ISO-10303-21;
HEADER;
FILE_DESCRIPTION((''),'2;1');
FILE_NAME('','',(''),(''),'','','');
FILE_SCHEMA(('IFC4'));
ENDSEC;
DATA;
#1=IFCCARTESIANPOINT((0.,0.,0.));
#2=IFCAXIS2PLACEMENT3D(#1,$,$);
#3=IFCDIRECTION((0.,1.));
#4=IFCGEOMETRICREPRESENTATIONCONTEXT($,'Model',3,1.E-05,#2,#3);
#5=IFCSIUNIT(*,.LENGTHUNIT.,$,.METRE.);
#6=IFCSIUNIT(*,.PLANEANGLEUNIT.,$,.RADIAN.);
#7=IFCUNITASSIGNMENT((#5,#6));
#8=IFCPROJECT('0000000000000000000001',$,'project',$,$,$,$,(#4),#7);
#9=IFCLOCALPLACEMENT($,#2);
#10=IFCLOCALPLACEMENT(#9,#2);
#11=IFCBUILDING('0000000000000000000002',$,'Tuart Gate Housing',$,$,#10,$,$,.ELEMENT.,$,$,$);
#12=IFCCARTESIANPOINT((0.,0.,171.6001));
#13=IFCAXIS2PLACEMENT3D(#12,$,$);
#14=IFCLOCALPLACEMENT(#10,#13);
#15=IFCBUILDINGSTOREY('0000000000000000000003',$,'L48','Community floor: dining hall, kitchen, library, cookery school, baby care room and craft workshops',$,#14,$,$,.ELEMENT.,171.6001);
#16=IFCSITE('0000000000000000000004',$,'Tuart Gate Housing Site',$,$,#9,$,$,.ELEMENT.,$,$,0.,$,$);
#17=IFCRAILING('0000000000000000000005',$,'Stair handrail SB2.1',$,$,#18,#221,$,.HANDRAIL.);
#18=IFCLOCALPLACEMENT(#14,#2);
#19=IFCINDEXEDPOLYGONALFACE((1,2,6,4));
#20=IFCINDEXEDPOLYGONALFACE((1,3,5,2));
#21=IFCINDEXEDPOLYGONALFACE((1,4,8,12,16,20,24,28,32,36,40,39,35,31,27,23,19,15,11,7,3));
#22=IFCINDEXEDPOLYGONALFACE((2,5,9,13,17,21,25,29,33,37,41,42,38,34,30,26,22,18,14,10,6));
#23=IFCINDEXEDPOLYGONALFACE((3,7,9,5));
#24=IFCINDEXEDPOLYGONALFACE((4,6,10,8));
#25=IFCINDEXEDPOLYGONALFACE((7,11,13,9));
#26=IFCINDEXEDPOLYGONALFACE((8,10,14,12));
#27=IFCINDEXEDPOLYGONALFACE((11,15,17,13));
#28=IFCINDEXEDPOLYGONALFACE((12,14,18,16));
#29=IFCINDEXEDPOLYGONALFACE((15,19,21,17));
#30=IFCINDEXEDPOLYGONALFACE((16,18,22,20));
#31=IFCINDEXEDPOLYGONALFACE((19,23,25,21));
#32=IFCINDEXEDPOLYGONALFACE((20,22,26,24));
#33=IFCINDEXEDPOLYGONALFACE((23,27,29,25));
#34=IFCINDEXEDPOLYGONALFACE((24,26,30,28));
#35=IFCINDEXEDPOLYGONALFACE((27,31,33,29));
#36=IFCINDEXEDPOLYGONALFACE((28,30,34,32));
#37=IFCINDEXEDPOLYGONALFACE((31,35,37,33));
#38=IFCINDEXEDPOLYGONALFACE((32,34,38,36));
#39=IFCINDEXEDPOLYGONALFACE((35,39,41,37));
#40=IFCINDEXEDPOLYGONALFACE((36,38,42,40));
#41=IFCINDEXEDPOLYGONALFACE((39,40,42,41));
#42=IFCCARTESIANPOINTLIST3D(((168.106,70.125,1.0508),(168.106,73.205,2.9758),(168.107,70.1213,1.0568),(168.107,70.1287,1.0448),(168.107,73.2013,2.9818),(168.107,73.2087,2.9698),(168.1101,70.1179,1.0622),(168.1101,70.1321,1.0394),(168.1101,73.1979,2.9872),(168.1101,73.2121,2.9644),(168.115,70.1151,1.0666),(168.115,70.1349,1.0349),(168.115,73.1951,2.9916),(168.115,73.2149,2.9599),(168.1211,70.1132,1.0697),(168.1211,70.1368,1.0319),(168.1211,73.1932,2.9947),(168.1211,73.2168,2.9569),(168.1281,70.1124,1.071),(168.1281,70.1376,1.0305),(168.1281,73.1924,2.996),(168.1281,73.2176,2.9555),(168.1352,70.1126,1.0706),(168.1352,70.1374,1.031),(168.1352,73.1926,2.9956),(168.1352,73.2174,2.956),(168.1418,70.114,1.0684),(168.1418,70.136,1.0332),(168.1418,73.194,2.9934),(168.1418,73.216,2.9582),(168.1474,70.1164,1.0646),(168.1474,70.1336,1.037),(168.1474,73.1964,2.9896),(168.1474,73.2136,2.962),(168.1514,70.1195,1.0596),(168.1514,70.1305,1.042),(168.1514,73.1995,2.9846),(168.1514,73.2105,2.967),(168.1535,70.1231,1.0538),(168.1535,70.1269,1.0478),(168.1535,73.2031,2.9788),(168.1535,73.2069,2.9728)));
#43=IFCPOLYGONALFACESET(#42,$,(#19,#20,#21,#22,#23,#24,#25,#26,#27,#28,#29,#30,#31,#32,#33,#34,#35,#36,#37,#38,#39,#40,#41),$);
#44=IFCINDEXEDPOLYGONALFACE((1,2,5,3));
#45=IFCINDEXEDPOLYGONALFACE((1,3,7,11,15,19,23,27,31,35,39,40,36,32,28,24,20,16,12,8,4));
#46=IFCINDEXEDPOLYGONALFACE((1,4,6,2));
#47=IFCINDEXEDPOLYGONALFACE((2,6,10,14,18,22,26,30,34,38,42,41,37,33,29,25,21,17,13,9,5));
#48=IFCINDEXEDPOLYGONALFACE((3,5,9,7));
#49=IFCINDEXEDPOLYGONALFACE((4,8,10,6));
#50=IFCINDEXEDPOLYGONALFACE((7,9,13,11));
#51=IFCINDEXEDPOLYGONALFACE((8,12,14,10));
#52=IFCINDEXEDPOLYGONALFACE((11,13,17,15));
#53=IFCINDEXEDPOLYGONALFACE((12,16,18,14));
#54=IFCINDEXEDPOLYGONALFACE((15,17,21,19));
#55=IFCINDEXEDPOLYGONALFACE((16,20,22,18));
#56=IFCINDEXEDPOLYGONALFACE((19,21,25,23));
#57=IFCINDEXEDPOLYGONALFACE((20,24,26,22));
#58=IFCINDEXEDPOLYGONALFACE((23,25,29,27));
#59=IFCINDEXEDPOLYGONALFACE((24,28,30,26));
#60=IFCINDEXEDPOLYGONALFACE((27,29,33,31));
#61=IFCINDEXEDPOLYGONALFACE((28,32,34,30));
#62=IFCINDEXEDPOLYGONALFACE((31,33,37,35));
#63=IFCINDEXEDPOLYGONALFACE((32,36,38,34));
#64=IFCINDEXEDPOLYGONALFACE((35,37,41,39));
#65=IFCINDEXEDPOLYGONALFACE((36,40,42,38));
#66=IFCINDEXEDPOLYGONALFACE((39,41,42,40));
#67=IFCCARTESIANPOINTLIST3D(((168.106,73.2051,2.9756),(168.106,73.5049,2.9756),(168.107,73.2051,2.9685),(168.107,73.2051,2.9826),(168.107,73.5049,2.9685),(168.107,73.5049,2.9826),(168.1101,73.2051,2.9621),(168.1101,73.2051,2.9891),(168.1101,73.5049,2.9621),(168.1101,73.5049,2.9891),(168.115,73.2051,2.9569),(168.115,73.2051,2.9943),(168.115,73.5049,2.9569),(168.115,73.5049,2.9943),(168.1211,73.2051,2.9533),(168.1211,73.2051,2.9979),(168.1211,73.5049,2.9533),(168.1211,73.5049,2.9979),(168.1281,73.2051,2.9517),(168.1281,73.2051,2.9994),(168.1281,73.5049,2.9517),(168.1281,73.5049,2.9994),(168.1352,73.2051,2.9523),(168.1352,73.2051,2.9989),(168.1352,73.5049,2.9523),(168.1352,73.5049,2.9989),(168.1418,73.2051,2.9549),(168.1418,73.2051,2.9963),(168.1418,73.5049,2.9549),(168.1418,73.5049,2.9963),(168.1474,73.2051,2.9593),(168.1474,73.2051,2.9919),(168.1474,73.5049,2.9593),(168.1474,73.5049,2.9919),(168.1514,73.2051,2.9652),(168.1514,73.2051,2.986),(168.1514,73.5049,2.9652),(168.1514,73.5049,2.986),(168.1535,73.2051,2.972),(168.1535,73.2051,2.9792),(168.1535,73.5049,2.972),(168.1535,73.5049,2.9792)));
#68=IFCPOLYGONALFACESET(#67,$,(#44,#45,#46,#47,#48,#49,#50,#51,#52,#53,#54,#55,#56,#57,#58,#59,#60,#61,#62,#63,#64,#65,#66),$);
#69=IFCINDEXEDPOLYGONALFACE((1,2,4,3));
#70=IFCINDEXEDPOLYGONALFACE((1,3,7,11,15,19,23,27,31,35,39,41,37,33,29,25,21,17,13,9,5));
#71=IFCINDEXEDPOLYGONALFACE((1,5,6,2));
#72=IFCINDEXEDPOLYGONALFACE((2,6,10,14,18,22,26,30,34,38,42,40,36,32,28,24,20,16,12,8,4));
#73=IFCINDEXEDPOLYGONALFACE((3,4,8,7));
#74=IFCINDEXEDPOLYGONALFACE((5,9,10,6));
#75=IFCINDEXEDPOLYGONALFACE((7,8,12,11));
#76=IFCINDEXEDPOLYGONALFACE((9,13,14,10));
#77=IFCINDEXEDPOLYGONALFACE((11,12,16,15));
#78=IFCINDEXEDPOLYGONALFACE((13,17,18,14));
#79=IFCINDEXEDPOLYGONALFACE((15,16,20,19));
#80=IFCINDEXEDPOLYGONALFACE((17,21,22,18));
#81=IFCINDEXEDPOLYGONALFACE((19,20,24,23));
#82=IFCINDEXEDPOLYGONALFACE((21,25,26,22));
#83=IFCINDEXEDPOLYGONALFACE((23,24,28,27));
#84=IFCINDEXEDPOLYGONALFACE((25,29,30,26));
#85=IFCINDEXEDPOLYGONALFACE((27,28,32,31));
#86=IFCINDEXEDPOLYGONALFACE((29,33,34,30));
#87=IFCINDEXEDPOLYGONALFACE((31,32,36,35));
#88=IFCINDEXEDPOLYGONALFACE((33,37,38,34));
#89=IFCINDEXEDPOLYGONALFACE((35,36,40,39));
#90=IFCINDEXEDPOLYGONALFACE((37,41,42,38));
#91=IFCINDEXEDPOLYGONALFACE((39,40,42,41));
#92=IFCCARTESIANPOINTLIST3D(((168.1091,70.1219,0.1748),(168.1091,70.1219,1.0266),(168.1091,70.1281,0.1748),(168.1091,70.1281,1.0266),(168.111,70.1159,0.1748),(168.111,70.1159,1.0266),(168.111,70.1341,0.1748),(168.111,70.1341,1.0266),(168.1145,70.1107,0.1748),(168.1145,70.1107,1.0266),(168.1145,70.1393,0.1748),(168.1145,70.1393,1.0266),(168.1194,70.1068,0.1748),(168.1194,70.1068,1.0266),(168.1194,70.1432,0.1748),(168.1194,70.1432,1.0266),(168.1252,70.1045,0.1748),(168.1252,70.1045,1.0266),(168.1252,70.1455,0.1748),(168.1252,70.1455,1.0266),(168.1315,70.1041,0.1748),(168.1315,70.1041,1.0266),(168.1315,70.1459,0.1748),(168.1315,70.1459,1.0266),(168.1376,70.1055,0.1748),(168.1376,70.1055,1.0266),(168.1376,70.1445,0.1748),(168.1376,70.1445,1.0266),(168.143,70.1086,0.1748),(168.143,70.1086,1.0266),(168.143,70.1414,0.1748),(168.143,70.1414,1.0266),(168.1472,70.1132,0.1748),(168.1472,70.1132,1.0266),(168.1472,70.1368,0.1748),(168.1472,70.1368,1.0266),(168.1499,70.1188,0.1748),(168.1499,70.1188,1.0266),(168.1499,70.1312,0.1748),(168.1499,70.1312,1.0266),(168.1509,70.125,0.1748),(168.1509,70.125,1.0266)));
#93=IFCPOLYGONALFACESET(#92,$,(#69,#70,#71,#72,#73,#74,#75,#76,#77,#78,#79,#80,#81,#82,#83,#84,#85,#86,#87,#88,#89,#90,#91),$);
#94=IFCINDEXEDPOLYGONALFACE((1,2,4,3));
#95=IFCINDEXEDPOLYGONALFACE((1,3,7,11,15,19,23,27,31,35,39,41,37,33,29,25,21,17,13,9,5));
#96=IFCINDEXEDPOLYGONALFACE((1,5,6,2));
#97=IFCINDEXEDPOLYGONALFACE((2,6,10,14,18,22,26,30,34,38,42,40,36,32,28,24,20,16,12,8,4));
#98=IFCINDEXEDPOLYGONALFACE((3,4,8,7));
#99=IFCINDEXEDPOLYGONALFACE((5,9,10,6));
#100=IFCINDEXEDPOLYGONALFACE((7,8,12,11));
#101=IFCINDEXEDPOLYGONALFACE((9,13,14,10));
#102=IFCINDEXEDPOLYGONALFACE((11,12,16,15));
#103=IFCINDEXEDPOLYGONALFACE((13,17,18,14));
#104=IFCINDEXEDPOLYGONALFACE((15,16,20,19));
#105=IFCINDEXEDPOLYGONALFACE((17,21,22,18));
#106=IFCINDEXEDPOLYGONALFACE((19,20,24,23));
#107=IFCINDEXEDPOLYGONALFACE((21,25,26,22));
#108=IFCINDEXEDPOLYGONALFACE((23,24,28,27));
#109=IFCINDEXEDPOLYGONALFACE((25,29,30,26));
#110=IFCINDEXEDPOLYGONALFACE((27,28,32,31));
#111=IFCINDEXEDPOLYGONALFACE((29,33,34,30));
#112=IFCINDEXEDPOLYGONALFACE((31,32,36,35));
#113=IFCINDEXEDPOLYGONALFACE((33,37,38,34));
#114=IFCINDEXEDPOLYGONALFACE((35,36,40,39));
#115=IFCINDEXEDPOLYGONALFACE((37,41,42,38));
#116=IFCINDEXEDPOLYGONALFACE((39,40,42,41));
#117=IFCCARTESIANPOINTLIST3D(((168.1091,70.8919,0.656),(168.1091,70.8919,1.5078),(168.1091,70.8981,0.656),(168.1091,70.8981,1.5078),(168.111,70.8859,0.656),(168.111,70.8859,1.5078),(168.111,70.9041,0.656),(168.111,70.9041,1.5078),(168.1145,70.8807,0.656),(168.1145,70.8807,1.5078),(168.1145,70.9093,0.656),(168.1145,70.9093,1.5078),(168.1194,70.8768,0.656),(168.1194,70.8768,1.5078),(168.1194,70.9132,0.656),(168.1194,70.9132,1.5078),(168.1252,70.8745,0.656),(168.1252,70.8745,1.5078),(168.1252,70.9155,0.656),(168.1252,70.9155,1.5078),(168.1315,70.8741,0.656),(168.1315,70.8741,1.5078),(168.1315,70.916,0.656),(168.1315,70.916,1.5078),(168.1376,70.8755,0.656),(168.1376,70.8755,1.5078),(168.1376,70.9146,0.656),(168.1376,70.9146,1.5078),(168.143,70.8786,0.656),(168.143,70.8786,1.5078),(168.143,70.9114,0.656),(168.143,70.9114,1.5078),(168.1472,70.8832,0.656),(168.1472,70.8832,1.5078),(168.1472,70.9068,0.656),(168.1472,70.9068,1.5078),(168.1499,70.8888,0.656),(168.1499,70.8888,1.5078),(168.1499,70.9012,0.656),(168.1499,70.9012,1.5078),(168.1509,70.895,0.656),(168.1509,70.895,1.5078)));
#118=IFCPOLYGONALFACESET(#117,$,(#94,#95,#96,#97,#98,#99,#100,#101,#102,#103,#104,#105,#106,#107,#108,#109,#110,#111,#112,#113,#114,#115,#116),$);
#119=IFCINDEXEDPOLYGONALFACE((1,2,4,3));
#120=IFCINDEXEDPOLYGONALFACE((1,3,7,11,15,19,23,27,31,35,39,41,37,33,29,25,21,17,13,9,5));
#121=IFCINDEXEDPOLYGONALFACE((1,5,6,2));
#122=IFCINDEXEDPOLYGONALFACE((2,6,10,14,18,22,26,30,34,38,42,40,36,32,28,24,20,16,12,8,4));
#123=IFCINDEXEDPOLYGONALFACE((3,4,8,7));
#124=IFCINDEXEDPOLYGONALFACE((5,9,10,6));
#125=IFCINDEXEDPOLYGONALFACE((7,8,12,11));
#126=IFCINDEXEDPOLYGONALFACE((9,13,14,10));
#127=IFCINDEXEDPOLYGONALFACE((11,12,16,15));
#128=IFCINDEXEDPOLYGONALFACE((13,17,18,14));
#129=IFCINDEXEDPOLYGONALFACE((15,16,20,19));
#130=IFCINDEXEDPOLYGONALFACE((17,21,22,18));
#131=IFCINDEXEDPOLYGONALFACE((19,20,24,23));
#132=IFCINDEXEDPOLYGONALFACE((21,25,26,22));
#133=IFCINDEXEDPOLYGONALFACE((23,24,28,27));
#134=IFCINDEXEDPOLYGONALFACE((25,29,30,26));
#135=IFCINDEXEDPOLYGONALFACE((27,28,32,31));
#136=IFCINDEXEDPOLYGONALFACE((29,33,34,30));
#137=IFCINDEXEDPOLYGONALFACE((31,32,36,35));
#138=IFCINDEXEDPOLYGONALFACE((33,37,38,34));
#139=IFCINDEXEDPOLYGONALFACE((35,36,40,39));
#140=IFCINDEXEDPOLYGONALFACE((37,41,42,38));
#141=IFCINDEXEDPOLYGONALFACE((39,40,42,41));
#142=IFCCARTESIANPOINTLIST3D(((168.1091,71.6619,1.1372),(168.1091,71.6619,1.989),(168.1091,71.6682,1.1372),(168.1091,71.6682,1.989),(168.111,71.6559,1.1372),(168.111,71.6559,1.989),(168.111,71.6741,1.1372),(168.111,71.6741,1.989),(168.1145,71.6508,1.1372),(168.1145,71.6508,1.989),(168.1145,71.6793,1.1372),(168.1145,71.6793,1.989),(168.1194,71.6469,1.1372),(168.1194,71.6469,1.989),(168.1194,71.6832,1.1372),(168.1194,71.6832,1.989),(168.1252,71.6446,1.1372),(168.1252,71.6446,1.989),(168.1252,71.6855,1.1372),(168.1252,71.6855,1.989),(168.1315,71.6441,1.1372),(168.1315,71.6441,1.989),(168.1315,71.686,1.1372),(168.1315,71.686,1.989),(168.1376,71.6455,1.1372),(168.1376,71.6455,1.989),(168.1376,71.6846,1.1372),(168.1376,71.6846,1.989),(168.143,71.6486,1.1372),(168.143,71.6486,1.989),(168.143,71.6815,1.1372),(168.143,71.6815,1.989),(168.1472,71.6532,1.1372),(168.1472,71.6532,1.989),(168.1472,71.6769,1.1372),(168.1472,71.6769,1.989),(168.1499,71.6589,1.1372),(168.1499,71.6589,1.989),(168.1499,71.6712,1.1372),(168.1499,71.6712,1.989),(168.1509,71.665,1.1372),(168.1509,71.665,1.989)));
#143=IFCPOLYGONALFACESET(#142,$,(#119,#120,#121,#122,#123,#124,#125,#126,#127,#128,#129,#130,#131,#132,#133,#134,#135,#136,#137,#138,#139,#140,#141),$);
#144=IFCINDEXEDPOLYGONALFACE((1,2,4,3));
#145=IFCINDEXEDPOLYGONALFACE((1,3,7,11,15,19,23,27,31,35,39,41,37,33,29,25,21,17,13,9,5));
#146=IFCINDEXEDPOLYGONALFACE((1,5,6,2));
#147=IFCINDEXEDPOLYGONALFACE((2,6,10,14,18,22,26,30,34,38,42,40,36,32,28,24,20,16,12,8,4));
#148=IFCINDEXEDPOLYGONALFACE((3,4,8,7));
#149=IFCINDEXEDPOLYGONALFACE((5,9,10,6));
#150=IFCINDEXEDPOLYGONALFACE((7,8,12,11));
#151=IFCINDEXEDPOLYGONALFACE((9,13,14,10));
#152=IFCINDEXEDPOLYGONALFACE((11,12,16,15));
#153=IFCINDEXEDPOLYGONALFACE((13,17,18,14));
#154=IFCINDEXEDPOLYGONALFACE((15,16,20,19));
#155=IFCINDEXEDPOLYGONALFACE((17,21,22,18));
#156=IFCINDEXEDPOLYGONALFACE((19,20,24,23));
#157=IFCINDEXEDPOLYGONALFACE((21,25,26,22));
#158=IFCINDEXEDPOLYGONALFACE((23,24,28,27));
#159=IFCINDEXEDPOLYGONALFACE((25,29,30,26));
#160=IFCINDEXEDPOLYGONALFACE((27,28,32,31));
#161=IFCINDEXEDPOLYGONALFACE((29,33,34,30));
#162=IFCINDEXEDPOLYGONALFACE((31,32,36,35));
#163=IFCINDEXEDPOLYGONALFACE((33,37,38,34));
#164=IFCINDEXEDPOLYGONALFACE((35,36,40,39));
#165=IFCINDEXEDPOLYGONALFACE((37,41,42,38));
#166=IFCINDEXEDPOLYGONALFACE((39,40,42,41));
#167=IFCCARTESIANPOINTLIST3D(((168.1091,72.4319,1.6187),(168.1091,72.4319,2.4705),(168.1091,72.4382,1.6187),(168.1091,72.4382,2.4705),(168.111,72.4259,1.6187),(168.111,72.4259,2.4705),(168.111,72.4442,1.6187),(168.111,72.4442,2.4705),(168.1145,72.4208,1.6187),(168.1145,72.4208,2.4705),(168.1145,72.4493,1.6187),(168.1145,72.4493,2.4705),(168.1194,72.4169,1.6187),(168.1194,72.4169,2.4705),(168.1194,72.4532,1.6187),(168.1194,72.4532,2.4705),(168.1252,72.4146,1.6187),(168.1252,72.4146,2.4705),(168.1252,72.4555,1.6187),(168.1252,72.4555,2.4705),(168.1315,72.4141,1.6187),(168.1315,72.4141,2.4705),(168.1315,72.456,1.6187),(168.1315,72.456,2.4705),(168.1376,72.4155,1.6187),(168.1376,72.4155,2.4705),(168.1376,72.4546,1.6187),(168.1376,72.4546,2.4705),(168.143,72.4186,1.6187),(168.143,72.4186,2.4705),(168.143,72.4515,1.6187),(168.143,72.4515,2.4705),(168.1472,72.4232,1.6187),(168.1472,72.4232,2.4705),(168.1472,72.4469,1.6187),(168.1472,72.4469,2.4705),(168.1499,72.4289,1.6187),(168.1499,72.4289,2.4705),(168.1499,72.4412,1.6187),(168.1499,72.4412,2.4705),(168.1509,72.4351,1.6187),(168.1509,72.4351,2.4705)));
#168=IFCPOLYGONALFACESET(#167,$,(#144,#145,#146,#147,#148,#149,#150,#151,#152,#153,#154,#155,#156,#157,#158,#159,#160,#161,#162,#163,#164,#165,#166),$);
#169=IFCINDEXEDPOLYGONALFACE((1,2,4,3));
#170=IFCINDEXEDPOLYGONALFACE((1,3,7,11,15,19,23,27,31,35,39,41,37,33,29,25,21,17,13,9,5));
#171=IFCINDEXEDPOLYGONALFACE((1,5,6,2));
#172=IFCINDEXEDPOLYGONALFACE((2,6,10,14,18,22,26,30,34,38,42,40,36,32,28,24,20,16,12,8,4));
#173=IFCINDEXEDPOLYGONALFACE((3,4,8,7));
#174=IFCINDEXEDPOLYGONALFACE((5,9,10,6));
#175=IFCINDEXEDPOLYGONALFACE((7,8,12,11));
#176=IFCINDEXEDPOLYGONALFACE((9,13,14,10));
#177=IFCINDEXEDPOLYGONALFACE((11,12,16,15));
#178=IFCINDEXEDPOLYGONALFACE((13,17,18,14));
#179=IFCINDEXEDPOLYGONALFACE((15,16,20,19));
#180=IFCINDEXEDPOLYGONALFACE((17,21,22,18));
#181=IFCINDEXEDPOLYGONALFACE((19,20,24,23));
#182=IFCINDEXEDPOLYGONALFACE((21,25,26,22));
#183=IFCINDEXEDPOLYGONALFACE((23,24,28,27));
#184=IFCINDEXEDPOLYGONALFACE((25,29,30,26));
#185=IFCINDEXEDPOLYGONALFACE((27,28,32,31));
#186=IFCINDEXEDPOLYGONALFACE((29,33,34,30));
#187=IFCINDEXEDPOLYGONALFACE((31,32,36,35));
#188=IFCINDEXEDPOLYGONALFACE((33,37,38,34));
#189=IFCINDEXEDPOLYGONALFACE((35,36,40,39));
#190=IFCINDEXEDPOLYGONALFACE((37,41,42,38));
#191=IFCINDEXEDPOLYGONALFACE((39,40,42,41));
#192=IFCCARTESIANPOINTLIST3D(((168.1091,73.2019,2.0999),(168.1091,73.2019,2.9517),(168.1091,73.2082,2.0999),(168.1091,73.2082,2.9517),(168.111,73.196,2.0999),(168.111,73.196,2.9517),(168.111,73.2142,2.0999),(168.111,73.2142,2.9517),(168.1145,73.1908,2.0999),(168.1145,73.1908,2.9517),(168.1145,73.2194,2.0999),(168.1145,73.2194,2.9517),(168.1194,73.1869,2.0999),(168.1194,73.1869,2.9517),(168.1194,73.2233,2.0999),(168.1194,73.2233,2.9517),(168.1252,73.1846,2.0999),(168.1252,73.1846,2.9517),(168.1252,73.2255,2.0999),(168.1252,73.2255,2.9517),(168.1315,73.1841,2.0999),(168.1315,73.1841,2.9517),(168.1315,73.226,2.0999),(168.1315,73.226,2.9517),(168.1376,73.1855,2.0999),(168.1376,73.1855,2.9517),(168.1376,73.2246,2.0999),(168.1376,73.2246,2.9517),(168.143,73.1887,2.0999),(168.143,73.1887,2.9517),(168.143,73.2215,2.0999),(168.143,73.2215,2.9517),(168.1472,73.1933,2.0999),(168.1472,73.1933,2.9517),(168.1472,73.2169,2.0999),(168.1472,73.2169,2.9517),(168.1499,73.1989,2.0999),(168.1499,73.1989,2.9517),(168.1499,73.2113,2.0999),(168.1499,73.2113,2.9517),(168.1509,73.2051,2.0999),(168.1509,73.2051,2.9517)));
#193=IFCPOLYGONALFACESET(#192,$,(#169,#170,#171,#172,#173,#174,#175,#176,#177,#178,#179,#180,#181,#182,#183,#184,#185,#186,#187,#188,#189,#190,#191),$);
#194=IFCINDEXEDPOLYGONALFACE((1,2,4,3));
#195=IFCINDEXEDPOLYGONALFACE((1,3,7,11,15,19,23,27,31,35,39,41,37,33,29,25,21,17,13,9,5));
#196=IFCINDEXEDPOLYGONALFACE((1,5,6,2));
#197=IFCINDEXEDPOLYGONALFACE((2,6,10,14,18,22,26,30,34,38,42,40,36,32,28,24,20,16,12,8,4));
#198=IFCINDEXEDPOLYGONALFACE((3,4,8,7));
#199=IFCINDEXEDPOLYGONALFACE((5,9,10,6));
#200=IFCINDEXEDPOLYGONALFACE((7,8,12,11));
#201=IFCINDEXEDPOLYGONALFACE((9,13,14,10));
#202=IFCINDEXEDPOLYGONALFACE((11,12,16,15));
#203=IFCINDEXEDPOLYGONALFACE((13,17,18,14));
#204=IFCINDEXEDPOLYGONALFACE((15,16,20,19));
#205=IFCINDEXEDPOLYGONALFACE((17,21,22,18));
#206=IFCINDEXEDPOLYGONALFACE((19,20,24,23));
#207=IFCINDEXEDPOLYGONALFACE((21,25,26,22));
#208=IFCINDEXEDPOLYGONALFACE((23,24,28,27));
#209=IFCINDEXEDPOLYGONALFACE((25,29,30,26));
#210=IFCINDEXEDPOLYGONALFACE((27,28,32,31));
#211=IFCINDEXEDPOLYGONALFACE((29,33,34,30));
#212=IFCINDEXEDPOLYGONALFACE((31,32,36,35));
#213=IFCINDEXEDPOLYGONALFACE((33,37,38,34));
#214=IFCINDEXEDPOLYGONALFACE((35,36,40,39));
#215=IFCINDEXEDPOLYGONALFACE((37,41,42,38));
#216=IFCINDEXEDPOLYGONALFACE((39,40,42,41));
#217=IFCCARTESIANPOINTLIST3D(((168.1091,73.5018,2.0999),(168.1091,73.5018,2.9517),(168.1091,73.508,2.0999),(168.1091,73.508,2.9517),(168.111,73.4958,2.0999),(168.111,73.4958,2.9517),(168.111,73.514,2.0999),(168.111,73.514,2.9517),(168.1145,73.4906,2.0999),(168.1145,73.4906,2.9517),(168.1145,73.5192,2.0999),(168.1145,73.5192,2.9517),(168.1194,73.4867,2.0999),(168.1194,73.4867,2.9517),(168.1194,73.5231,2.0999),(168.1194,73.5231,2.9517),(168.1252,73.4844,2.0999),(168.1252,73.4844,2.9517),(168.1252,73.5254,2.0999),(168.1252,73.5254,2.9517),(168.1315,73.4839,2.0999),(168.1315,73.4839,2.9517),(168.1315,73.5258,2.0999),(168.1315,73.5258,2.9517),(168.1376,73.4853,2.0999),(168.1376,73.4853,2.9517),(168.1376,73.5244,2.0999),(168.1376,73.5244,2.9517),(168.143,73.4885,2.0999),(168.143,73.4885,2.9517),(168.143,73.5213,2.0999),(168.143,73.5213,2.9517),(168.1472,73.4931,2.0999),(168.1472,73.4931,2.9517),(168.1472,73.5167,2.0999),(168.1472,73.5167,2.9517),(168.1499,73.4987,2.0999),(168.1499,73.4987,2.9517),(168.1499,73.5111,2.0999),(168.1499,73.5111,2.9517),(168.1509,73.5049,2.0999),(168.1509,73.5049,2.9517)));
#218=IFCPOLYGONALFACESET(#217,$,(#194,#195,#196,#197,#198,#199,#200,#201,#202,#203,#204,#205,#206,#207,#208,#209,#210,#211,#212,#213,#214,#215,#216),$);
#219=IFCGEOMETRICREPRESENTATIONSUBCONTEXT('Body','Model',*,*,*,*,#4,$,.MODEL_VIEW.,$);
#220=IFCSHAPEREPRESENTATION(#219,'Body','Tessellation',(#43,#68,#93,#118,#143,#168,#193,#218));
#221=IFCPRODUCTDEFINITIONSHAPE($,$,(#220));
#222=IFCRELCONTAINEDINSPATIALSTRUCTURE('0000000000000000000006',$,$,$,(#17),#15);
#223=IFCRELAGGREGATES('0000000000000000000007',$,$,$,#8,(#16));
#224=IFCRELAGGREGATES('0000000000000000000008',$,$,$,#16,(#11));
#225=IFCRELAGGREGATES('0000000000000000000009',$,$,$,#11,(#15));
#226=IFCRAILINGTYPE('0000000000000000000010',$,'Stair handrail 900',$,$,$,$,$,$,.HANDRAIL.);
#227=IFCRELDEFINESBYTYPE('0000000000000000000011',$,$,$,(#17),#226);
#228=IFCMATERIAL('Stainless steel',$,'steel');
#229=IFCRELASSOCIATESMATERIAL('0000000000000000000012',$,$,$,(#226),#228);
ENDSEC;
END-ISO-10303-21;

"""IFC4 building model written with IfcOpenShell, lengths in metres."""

from ifc_helpers import new_model, si_unit, direction, frame, origin, origin_2d, place, context, subcontext, project, spatial, circle, extrude, material, type_object, element, save


model = new_model("IFC4")

# Units and contexts
model_context = context("Model", 3, precision=1e-05, world=origin(), true_north=direction((0.0, 1.0)))
body_context = subcontext(model_context, "Body", "Model", "MODEL_VIEW")
ifc_project = project(units=[si_unit("LENGTHUNIT", "METRE"), si_unit("PLANEANGLEUNIT", "RADIAN")], contexts=[model_context])

# Site, building, storey
site_placement = place(None, origin())
site = spatial("IfcSite", under=ifc_project, at=site_placement, Name="Tuart Gate Housing Site", CompositionType="ELEMENT", RefElevation=0.0)
building_placement = place(site_placement, origin())
building = spatial("IfcBuilding", under=site, at=building_placement, Name="Tuart Gate Housing", CompositionType="ELEMENT")
storey_placement = place(building_placement, frame((0.0, 0.0, 171.6001)))
storey = spatial("IfcBuildingStorey", under=building, at=storey_placement, Name="L48", Description="Community floor: dining hall, kitchen, library, cookery school, baby care room and craft workshops", CompositionType="ELEMENT", Elevation=171.6001)

# Railing
ifc_material_1 = material(Name="Stainless steel", Category="steel")
railing_type = type_object("IfcRailingType", Name="Stair handrail 900", PredefinedType="HANDRAIL", material=ifc_material_1)
railing_placement = place(storey_placement, frame((168.1299, 70.125, 0.1748)))
element("IfcRailing", 1, at=railing_placement, inside=storey, type_object=railing_type, Name="Stair handrail SB2.1", PredefinedType="HANDRAIL", context=body_context, shape_type="SweptSolid", body=[
    extrude(circle(Radius=0.0239, at=origin_2d()), frame((0.0, 0.0, 0.876), z_axis=(0.0, 0.847998, 0.529999), x_axis=(-1.0, 0.0, 0.0)), (0.0, 0.0, 1.0), 3.6321),
    extrude(circle(Radius=0.0239, at=origin_2d()), frame((0.0, 3.0801, 2.8008), z_axis=(0.0, 1.0, 0.0), x_axis=(-1.0, 0.0, 0.0)), (0.0, 0.0, 1.0), 0.2998),
    extrude(circle(Radius=0.021, at=origin_2d()), origin(), (0.0, 0.0, 1.0), 0.8518),
    extrude(circle(Radius=0.021, at=origin_2d()), frame((0.0, 0.77, 0.4812)), (0.0, 0.0, 1.0), 0.8518),
    extrude(circle(Radius=0.021, at=origin_2d()), frame((0.0, 1.54, 0.9624)), (0.0, 0.0, 1.0), 0.8518),
    extrude(circle(Radius=0.021, at=origin_2d()), frame((0.0, 2.3101, 1.4438)), (0.0, 0.0, 1.0), 0.8518),
    extrude(circle(Radius=0.021, at=origin_2d()), frame((0.0, 3.0801, 1.925)), (0.0, 0.0, 1.0), 0.8518),
    extrude(circle(Radius=0.021, at=origin_2d()), frame((0.0, 3.3799, 1.925)), (0.0, 0.0, 1.0), 0.8518),
])

save(model, "model.ifc")
